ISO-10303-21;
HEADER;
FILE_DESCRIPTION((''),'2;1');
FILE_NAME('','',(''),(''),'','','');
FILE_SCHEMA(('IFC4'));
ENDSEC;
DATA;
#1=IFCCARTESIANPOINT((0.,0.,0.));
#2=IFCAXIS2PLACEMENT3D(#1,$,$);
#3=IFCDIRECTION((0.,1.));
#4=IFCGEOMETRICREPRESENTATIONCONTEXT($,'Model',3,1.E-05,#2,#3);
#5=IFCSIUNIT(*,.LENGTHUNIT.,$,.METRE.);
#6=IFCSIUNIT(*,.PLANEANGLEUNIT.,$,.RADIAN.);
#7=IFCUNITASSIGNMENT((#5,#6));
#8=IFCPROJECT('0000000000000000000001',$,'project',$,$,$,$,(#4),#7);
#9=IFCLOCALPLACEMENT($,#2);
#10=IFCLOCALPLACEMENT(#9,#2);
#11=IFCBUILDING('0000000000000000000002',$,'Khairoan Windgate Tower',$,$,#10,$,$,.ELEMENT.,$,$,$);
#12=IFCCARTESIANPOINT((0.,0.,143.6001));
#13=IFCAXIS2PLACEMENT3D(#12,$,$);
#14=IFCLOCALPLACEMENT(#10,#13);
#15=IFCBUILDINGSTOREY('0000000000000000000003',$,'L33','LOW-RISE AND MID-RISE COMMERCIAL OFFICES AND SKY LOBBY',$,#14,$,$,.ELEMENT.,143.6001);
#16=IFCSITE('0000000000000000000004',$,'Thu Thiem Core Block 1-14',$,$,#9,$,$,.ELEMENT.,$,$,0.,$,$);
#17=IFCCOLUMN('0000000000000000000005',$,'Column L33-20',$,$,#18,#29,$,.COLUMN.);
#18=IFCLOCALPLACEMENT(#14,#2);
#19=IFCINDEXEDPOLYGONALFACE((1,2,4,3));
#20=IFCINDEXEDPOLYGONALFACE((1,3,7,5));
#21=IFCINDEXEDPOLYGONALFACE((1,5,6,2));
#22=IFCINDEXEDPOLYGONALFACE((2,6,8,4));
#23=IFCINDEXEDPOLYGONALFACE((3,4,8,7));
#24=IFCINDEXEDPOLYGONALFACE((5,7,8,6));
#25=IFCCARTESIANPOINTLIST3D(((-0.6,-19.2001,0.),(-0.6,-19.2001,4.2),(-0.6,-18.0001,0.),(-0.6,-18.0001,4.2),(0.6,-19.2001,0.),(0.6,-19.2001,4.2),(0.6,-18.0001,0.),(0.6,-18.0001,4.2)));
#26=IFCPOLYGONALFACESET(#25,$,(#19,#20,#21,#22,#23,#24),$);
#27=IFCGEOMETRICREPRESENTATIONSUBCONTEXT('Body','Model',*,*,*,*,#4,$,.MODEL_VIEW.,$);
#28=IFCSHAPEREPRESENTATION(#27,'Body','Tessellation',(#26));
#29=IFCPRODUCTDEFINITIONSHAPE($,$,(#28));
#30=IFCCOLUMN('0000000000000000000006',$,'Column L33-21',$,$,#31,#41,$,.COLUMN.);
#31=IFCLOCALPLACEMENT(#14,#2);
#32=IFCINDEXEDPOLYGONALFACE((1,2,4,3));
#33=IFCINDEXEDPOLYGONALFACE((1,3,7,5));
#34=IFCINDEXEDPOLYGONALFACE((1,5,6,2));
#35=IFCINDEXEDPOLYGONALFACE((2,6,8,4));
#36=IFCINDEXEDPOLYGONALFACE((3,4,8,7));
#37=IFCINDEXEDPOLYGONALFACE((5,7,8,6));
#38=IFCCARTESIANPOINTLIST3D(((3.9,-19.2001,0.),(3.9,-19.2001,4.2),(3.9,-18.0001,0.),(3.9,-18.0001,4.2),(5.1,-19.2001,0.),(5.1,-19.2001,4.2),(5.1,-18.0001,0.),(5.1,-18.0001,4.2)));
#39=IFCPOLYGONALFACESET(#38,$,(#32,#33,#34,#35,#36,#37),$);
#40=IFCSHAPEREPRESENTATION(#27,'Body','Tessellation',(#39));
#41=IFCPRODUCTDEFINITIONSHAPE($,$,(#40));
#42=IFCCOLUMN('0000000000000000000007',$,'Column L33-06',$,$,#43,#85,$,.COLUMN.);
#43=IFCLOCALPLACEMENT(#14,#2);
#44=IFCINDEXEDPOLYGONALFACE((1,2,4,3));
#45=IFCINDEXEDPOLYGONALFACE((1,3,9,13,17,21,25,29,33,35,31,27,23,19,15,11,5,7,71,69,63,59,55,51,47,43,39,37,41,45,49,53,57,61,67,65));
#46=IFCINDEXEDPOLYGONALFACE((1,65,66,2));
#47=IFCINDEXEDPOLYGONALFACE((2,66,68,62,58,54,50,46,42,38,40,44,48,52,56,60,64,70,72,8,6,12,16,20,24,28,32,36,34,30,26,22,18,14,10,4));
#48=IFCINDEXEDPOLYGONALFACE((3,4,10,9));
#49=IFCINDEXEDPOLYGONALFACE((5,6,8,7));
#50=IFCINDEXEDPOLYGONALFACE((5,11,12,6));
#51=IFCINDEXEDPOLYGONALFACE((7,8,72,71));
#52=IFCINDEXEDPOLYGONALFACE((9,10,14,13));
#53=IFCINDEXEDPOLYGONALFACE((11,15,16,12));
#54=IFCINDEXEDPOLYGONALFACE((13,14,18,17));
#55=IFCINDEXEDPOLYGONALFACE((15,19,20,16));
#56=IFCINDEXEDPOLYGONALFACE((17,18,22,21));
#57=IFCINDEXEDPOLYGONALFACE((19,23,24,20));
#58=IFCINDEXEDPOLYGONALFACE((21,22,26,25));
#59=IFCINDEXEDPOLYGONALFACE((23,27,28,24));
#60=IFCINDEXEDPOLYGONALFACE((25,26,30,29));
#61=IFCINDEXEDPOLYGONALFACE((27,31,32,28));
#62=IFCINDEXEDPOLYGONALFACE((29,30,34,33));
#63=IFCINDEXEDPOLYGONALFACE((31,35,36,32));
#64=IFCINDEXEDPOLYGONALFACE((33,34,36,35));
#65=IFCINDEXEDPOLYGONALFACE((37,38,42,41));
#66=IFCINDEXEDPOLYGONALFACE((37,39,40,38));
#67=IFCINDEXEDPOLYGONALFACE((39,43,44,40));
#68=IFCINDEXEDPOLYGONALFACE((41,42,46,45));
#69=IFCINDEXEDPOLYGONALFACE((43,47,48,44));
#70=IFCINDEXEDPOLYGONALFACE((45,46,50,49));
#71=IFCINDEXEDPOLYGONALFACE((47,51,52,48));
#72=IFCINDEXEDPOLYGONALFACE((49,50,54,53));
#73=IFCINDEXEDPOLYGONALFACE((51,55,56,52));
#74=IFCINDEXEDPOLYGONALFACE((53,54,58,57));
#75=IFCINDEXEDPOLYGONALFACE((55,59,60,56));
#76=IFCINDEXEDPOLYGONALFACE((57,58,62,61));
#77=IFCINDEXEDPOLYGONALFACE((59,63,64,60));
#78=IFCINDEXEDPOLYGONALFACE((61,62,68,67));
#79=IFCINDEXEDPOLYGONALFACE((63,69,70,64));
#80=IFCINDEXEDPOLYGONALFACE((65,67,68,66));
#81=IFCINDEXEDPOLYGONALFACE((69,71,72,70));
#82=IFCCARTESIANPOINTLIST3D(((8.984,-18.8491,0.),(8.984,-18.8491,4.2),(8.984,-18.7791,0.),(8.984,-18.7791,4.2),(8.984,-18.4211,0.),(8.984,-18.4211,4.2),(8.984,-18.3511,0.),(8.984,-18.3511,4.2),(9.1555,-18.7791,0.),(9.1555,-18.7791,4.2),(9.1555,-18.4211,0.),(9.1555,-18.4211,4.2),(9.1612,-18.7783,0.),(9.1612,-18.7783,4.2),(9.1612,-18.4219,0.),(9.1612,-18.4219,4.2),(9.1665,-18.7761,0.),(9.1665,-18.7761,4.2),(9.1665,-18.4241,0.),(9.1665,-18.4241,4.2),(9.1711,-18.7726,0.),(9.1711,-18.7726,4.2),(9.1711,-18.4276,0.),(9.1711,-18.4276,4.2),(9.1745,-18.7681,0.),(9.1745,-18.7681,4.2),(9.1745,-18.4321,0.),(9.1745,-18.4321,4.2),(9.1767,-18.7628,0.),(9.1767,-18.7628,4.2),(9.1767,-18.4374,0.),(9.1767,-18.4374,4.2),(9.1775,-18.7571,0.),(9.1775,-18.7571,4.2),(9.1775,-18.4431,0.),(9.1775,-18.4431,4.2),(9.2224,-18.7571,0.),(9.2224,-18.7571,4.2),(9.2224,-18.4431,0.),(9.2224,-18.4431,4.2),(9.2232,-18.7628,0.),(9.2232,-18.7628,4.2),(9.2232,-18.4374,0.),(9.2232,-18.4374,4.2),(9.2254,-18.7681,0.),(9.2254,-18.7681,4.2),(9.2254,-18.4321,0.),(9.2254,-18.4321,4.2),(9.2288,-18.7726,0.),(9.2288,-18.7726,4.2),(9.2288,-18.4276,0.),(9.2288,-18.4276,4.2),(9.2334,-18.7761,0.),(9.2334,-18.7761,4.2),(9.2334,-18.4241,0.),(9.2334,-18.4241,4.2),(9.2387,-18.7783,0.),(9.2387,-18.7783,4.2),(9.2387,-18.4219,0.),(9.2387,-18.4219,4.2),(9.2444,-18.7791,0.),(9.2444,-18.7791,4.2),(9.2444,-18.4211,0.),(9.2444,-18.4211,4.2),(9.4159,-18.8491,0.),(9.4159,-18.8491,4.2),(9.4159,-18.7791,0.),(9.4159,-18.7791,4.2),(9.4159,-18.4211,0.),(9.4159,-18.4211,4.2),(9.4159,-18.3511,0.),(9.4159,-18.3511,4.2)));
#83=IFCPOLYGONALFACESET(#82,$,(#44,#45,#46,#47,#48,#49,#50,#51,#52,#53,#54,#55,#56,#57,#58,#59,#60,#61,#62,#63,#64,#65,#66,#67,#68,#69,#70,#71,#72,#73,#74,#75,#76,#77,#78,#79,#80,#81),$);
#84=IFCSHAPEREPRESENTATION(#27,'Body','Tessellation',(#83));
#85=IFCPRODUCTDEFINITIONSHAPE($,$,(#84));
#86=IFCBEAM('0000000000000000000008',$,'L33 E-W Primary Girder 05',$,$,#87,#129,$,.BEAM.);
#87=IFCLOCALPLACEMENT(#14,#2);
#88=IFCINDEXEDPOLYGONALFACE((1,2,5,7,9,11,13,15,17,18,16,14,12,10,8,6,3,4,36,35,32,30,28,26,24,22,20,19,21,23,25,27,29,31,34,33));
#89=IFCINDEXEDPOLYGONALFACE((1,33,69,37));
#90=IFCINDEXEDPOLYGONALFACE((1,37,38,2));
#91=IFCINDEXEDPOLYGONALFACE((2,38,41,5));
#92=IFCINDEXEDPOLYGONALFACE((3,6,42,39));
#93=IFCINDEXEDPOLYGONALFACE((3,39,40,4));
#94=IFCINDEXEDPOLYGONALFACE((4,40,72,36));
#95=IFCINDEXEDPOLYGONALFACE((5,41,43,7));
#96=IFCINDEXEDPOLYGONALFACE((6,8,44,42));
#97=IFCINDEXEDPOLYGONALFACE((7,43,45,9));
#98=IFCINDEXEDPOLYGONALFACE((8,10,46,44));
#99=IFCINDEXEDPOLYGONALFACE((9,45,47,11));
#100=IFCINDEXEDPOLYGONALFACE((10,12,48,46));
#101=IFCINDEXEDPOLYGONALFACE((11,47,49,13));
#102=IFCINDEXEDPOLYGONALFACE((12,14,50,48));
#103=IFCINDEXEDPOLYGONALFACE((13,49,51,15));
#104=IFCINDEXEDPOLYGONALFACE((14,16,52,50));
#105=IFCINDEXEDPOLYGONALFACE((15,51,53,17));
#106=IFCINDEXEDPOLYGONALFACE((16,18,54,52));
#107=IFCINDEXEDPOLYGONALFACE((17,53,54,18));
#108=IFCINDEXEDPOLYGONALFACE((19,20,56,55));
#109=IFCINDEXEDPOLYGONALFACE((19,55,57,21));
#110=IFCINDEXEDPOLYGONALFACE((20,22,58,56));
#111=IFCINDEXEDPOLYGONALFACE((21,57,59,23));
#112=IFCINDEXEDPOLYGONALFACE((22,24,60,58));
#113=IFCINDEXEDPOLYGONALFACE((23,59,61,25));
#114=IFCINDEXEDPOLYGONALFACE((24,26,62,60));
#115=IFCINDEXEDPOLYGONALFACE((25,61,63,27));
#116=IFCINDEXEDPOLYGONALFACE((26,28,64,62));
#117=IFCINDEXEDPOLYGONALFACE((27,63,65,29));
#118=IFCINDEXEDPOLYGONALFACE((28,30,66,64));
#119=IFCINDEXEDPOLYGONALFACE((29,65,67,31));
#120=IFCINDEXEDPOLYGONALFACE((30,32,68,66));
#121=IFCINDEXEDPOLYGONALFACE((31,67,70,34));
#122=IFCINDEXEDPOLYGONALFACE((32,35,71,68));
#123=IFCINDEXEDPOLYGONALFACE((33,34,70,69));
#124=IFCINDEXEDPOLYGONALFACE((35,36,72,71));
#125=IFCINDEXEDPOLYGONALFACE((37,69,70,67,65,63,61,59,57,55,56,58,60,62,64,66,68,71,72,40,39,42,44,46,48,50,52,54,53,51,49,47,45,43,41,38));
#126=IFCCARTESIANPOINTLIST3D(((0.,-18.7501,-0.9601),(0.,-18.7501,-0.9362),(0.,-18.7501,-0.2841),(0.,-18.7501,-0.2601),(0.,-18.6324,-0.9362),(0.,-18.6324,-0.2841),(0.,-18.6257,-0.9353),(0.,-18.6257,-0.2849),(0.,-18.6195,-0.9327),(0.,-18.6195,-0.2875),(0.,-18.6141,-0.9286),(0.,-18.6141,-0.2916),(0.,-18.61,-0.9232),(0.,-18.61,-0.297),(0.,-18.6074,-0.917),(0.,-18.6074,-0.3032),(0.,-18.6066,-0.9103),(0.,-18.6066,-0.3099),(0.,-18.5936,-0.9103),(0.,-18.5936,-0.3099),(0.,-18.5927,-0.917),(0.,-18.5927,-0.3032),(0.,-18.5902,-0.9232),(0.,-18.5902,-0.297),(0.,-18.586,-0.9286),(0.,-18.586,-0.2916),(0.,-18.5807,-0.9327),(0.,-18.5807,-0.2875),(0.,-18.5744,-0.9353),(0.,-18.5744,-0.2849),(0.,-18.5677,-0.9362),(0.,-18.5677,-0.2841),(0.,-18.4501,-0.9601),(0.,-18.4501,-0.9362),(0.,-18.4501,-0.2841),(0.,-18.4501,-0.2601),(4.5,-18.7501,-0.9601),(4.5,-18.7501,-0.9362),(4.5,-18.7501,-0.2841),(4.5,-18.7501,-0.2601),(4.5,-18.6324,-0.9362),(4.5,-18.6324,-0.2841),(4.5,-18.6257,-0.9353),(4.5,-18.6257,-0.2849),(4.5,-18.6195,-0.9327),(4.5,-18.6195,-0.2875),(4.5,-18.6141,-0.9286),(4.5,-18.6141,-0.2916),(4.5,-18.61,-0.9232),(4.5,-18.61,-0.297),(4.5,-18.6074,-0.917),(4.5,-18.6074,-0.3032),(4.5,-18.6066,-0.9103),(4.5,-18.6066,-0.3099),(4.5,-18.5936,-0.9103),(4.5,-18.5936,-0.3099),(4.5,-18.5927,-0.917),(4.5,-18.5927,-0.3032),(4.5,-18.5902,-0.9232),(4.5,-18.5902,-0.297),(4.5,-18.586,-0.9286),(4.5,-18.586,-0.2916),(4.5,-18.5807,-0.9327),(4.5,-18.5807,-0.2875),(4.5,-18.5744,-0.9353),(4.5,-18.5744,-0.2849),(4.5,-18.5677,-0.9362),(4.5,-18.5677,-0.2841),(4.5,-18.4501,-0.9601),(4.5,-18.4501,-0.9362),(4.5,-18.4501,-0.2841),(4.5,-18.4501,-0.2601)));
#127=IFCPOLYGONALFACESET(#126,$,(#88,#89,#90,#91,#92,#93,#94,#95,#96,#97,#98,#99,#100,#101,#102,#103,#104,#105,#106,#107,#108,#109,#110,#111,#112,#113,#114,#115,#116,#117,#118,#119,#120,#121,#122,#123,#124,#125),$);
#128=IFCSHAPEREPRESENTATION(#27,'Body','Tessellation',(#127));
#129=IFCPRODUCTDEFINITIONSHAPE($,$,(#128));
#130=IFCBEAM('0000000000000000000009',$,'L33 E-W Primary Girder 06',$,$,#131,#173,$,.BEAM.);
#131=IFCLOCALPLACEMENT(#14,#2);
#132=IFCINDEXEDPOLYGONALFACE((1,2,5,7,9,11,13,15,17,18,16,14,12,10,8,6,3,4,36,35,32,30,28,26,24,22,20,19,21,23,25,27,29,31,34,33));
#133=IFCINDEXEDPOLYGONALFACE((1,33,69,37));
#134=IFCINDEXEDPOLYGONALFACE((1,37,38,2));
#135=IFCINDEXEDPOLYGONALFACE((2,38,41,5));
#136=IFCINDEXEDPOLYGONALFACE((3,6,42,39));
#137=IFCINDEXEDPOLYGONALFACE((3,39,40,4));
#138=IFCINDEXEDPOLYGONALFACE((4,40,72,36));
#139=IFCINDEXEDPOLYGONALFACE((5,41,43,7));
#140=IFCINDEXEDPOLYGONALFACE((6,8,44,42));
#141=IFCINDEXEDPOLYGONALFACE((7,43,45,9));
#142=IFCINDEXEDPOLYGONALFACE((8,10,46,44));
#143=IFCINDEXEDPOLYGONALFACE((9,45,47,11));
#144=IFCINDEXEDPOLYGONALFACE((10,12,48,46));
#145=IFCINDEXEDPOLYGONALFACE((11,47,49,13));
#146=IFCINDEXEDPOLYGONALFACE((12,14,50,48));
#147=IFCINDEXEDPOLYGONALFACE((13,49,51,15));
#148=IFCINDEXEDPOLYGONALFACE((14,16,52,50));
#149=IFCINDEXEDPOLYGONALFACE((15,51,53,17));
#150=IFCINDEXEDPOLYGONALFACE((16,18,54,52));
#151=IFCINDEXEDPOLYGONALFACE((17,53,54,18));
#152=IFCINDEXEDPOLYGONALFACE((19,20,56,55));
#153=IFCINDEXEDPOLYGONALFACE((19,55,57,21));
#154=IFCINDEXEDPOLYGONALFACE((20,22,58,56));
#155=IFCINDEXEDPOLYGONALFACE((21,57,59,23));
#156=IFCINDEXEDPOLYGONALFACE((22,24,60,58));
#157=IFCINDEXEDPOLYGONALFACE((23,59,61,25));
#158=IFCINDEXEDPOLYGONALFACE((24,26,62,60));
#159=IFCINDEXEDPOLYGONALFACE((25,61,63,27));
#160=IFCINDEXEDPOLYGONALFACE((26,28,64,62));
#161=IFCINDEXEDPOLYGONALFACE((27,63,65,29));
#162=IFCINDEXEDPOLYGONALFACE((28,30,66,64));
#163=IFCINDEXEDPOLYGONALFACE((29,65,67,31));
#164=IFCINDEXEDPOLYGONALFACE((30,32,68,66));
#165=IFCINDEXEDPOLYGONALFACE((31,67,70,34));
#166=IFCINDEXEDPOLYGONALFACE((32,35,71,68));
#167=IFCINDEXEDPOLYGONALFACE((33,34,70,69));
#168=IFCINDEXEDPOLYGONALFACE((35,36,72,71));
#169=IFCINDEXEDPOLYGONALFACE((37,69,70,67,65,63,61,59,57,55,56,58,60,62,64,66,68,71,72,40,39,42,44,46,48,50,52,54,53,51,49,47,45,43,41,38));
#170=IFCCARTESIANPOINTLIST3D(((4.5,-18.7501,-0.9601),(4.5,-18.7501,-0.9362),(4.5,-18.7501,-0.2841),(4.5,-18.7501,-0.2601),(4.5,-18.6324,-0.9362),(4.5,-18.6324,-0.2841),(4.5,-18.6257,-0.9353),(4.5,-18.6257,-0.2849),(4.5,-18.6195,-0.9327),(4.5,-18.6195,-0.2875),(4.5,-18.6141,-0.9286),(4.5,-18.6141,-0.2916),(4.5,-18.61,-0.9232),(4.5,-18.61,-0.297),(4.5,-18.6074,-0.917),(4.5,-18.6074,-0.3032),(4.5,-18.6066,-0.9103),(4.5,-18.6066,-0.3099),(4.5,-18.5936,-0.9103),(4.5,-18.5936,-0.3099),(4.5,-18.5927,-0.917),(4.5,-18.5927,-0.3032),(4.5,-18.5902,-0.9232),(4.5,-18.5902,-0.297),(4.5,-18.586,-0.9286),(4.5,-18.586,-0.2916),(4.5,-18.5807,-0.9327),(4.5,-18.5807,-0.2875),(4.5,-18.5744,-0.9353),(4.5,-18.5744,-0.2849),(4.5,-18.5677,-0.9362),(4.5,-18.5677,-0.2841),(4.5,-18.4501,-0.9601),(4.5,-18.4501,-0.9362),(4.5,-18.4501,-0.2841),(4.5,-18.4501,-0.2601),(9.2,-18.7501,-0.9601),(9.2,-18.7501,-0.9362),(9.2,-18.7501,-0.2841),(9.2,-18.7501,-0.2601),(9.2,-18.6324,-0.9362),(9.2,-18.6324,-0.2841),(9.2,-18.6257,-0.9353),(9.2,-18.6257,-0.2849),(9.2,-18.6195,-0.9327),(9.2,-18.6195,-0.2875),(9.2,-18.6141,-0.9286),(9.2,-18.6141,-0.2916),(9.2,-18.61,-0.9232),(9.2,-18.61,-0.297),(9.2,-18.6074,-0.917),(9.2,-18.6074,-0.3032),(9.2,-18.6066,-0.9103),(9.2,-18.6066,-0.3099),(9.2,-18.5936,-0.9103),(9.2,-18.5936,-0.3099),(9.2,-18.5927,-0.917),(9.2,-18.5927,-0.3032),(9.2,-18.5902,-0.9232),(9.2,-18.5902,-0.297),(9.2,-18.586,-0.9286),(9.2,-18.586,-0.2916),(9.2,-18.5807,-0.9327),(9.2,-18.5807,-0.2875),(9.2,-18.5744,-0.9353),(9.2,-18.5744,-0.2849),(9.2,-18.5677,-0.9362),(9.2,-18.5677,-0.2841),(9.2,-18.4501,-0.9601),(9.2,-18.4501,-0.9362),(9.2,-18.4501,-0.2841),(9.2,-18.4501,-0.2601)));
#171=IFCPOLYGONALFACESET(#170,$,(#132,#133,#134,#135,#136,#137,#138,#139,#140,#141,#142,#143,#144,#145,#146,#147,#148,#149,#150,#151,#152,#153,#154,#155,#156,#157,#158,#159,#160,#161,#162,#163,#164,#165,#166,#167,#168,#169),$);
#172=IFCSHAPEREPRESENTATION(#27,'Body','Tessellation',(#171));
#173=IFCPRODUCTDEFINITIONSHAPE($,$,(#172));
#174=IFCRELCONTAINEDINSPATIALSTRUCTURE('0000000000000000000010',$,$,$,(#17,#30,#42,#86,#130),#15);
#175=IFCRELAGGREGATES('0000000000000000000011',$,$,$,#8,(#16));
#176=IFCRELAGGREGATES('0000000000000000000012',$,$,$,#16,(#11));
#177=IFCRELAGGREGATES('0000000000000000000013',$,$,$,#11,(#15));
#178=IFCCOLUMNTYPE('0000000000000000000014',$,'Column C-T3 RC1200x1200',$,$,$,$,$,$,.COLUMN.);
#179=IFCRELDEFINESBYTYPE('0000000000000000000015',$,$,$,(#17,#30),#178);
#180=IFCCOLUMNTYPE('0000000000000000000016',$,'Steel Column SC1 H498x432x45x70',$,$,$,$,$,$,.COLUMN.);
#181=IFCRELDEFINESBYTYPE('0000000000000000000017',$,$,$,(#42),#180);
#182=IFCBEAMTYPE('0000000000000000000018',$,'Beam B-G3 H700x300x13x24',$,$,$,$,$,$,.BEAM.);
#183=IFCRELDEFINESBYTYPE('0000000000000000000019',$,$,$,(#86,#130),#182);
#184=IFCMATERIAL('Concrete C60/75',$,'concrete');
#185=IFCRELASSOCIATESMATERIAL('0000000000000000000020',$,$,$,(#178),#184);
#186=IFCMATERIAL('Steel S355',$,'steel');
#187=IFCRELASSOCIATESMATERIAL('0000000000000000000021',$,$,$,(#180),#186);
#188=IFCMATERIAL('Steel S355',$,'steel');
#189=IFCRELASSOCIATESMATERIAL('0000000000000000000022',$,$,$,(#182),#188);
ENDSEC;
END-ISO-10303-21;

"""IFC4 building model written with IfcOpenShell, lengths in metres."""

from ifc_helpers import new_model, si_unit, direction, frame, origin, origin_2d, place, context, subcontext, project, spatial, rectangle, i_section, extrude, material, material_profile, profile_set, type_object, element, save


model = new_model("IFC4")

# Units and contexts
model_context = context("Model", 3, precision=1e-05, world=origin(), true_north=direction((0.0, 1.0)))
body_context = subcontext(model_context, "Body", "Model", "MODEL_VIEW")
ifc_project = project(units=[si_unit("LENGTHUNIT", "METRE"), si_unit("PLANEANGLEUNIT", "RADIAN")], contexts=[model_context])

# Site, building, storey
site_placement = place(None, origin())
site = spatial("IfcSite", under=ifc_project, at=site_placement, Name="Thu Thiem Core Block 1-14", CompositionType="ELEMENT", RefElevation=0.0)
building_placement = place(site_placement, origin())
building = spatial("IfcBuilding", under=site, at=building_placement, Name="Khairoan Windgate Tower", CompositionType="ELEMENT")
storey_placement = place(building_placement, frame((0.0, 0.0, 143.6001)))
storey = spatial("IfcBuildingStorey", under=building, at=storey_placement, Name="L33", Description="LOW-RISE AND MID-RISE COMMERCIAL OFFICES AND SKY LOBBY", CompositionType="ELEMENT", Elevation=143.6001)

# Columns
ifc_material_1 = material(Name="Concrete C60/75", Category="concrete")
ifc_material_profile_1 = material_profile(ifc_material_1, rectangle(XDim=1.2, YDim=1.2, at=origin_2d()))
ifc_profile_set_1 = profile_set([ifc_material_profile_1], Name="Concrete C60/75")
column_type_1 = type_object("IfcColumnType", Name="Column C-T3 RC1200x1200", PredefinedType="COLUMN", material=ifc_profile_set_1)
for number, where, z_axis, x_axis, name in (
    (1, (0.0, -18.6001, 0.0), (0.0, 0.0, 1.0), (1.0, 0.0, 0.0), "Column L33-20"),
    (2, (4.5, -18.6001, 0.0), (0.0, 0.0, 1.0), (1.0, 0.0, 0.0), "Column L33-21"),
):
    element("IfcColumn", number, at=place(storey_placement, frame(where, z_axis=z_axis, x_axis=x_axis)), inside=storey, type_object=column_type_1, Name=name, PredefinedType="COLUMN", context=body_context, shape_type="SweptSolid", body=[
        extrude(rectangle(XDim=1.2, YDim=1.2, at=origin_2d()), origin(), (0.0, 0.0, 1.0), 4.2),
    ])
ifc_material_2 = material(Name="Steel S355", Category="steel")
ifc_material_profile_2 = material_profile(ifc_material_2, i_section(OverallWidth=0.4319, OverallDepth=0.498, WebThickness=0.0449, FlangeThickness=0.0701, FilletRadius=0.022, at=origin_2d()))
ifc_profile_set_2 = profile_set([ifc_material_profile_2], Name="Steel S355")
column_type_2 = type_object("IfcColumnType", Name="Steel Column SC1 H498x432x45x70", PredefinedType="COLUMN", material=ifc_profile_set_2)
column_placement = place(storey_placement, frame((9.2, -18.6001, 0.0), z_axis=(0.0, 0.0, 1.0), x_axis=(1.0, 0.0, 0.0)))
element("IfcColumn", 3, at=column_placement, inside=storey, type_object=column_type_2, Name="Column L33-06", PredefinedType="COLUMN", context=body_context, shape_type="SweptSolid", body=[
    extrude(i_section(OverallWidth=0.4319, OverallDepth=0.498, WebThickness=0.0449, FlangeThickness=0.0701, FilletRadius=0.022, at=origin_2d()), origin(), (0.0, 0.0, 1.0), 4.2),
])

# Beams
ifc_material_3 = material(Name="Steel S355", Category="steel")
ifc_material_profile_3 = material_profile(ifc_material_3, i_section(OverallWidth=0.3, OverallDepth=0.7, WebThickness=0.0129, FlangeThickness=0.0239, FilletRadius=0.0259, at=origin_2d()))
ifc_profile_set_3 = profile_set([ifc_material_profile_3], Name="Steel S355")
beam_type_1 = type_object("IfcBeamType", Name="Beam B-G3 H700x300x13x24", PredefinedType="BEAM", material=ifc_profile_set_3)
beam_1_placement = place(storey_placement, frame((0.0, -18.6001, -0.6101), z_axis=(1.0, 0.0, 0.0), x_axis=(0.0, 1.0, 0.0)))
element("IfcBeam", 4, at=beam_1_placement, inside=storey, type_object=beam_type_1, Name="L33 E-W Primary Girder 05", PredefinedType="BEAM", context=body_context, shape_type="SweptSolid", body=[
    extrude(i_section(OverallWidth=0.3, OverallDepth=0.7, WebThickness=0.0129, FlangeThickness=0.0239, FilletRadius=0.0259, at=origin_2d()), origin(), (0.0, 0.0, 1.0), 4.5),
])
beam_2_placement = place(storey_placement, frame((4.5, -18.6001, -0.6101), z_axis=(1.0, 0.0, 0.0), x_axis=(0.0, 1.0, 0.0)))
element("IfcBeam", 5, at=beam_2_placement, inside=storey, type_object=beam_type_1, Name="L33 E-W Primary Girder 06", PredefinedType="BEAM", context=body_context, shape_type="SweptSolid", body=[
    extrude(i_section(OverallWidth=0.3, OverallDepth=0.7, WebThickness=0.0129, FlangeThickness=0.0239, FilletRadius=0.0259, at=origin_2d()), origin(), (0.0, 0.0, 1.0), 4.7),
])

save(model, "model.ifc")
